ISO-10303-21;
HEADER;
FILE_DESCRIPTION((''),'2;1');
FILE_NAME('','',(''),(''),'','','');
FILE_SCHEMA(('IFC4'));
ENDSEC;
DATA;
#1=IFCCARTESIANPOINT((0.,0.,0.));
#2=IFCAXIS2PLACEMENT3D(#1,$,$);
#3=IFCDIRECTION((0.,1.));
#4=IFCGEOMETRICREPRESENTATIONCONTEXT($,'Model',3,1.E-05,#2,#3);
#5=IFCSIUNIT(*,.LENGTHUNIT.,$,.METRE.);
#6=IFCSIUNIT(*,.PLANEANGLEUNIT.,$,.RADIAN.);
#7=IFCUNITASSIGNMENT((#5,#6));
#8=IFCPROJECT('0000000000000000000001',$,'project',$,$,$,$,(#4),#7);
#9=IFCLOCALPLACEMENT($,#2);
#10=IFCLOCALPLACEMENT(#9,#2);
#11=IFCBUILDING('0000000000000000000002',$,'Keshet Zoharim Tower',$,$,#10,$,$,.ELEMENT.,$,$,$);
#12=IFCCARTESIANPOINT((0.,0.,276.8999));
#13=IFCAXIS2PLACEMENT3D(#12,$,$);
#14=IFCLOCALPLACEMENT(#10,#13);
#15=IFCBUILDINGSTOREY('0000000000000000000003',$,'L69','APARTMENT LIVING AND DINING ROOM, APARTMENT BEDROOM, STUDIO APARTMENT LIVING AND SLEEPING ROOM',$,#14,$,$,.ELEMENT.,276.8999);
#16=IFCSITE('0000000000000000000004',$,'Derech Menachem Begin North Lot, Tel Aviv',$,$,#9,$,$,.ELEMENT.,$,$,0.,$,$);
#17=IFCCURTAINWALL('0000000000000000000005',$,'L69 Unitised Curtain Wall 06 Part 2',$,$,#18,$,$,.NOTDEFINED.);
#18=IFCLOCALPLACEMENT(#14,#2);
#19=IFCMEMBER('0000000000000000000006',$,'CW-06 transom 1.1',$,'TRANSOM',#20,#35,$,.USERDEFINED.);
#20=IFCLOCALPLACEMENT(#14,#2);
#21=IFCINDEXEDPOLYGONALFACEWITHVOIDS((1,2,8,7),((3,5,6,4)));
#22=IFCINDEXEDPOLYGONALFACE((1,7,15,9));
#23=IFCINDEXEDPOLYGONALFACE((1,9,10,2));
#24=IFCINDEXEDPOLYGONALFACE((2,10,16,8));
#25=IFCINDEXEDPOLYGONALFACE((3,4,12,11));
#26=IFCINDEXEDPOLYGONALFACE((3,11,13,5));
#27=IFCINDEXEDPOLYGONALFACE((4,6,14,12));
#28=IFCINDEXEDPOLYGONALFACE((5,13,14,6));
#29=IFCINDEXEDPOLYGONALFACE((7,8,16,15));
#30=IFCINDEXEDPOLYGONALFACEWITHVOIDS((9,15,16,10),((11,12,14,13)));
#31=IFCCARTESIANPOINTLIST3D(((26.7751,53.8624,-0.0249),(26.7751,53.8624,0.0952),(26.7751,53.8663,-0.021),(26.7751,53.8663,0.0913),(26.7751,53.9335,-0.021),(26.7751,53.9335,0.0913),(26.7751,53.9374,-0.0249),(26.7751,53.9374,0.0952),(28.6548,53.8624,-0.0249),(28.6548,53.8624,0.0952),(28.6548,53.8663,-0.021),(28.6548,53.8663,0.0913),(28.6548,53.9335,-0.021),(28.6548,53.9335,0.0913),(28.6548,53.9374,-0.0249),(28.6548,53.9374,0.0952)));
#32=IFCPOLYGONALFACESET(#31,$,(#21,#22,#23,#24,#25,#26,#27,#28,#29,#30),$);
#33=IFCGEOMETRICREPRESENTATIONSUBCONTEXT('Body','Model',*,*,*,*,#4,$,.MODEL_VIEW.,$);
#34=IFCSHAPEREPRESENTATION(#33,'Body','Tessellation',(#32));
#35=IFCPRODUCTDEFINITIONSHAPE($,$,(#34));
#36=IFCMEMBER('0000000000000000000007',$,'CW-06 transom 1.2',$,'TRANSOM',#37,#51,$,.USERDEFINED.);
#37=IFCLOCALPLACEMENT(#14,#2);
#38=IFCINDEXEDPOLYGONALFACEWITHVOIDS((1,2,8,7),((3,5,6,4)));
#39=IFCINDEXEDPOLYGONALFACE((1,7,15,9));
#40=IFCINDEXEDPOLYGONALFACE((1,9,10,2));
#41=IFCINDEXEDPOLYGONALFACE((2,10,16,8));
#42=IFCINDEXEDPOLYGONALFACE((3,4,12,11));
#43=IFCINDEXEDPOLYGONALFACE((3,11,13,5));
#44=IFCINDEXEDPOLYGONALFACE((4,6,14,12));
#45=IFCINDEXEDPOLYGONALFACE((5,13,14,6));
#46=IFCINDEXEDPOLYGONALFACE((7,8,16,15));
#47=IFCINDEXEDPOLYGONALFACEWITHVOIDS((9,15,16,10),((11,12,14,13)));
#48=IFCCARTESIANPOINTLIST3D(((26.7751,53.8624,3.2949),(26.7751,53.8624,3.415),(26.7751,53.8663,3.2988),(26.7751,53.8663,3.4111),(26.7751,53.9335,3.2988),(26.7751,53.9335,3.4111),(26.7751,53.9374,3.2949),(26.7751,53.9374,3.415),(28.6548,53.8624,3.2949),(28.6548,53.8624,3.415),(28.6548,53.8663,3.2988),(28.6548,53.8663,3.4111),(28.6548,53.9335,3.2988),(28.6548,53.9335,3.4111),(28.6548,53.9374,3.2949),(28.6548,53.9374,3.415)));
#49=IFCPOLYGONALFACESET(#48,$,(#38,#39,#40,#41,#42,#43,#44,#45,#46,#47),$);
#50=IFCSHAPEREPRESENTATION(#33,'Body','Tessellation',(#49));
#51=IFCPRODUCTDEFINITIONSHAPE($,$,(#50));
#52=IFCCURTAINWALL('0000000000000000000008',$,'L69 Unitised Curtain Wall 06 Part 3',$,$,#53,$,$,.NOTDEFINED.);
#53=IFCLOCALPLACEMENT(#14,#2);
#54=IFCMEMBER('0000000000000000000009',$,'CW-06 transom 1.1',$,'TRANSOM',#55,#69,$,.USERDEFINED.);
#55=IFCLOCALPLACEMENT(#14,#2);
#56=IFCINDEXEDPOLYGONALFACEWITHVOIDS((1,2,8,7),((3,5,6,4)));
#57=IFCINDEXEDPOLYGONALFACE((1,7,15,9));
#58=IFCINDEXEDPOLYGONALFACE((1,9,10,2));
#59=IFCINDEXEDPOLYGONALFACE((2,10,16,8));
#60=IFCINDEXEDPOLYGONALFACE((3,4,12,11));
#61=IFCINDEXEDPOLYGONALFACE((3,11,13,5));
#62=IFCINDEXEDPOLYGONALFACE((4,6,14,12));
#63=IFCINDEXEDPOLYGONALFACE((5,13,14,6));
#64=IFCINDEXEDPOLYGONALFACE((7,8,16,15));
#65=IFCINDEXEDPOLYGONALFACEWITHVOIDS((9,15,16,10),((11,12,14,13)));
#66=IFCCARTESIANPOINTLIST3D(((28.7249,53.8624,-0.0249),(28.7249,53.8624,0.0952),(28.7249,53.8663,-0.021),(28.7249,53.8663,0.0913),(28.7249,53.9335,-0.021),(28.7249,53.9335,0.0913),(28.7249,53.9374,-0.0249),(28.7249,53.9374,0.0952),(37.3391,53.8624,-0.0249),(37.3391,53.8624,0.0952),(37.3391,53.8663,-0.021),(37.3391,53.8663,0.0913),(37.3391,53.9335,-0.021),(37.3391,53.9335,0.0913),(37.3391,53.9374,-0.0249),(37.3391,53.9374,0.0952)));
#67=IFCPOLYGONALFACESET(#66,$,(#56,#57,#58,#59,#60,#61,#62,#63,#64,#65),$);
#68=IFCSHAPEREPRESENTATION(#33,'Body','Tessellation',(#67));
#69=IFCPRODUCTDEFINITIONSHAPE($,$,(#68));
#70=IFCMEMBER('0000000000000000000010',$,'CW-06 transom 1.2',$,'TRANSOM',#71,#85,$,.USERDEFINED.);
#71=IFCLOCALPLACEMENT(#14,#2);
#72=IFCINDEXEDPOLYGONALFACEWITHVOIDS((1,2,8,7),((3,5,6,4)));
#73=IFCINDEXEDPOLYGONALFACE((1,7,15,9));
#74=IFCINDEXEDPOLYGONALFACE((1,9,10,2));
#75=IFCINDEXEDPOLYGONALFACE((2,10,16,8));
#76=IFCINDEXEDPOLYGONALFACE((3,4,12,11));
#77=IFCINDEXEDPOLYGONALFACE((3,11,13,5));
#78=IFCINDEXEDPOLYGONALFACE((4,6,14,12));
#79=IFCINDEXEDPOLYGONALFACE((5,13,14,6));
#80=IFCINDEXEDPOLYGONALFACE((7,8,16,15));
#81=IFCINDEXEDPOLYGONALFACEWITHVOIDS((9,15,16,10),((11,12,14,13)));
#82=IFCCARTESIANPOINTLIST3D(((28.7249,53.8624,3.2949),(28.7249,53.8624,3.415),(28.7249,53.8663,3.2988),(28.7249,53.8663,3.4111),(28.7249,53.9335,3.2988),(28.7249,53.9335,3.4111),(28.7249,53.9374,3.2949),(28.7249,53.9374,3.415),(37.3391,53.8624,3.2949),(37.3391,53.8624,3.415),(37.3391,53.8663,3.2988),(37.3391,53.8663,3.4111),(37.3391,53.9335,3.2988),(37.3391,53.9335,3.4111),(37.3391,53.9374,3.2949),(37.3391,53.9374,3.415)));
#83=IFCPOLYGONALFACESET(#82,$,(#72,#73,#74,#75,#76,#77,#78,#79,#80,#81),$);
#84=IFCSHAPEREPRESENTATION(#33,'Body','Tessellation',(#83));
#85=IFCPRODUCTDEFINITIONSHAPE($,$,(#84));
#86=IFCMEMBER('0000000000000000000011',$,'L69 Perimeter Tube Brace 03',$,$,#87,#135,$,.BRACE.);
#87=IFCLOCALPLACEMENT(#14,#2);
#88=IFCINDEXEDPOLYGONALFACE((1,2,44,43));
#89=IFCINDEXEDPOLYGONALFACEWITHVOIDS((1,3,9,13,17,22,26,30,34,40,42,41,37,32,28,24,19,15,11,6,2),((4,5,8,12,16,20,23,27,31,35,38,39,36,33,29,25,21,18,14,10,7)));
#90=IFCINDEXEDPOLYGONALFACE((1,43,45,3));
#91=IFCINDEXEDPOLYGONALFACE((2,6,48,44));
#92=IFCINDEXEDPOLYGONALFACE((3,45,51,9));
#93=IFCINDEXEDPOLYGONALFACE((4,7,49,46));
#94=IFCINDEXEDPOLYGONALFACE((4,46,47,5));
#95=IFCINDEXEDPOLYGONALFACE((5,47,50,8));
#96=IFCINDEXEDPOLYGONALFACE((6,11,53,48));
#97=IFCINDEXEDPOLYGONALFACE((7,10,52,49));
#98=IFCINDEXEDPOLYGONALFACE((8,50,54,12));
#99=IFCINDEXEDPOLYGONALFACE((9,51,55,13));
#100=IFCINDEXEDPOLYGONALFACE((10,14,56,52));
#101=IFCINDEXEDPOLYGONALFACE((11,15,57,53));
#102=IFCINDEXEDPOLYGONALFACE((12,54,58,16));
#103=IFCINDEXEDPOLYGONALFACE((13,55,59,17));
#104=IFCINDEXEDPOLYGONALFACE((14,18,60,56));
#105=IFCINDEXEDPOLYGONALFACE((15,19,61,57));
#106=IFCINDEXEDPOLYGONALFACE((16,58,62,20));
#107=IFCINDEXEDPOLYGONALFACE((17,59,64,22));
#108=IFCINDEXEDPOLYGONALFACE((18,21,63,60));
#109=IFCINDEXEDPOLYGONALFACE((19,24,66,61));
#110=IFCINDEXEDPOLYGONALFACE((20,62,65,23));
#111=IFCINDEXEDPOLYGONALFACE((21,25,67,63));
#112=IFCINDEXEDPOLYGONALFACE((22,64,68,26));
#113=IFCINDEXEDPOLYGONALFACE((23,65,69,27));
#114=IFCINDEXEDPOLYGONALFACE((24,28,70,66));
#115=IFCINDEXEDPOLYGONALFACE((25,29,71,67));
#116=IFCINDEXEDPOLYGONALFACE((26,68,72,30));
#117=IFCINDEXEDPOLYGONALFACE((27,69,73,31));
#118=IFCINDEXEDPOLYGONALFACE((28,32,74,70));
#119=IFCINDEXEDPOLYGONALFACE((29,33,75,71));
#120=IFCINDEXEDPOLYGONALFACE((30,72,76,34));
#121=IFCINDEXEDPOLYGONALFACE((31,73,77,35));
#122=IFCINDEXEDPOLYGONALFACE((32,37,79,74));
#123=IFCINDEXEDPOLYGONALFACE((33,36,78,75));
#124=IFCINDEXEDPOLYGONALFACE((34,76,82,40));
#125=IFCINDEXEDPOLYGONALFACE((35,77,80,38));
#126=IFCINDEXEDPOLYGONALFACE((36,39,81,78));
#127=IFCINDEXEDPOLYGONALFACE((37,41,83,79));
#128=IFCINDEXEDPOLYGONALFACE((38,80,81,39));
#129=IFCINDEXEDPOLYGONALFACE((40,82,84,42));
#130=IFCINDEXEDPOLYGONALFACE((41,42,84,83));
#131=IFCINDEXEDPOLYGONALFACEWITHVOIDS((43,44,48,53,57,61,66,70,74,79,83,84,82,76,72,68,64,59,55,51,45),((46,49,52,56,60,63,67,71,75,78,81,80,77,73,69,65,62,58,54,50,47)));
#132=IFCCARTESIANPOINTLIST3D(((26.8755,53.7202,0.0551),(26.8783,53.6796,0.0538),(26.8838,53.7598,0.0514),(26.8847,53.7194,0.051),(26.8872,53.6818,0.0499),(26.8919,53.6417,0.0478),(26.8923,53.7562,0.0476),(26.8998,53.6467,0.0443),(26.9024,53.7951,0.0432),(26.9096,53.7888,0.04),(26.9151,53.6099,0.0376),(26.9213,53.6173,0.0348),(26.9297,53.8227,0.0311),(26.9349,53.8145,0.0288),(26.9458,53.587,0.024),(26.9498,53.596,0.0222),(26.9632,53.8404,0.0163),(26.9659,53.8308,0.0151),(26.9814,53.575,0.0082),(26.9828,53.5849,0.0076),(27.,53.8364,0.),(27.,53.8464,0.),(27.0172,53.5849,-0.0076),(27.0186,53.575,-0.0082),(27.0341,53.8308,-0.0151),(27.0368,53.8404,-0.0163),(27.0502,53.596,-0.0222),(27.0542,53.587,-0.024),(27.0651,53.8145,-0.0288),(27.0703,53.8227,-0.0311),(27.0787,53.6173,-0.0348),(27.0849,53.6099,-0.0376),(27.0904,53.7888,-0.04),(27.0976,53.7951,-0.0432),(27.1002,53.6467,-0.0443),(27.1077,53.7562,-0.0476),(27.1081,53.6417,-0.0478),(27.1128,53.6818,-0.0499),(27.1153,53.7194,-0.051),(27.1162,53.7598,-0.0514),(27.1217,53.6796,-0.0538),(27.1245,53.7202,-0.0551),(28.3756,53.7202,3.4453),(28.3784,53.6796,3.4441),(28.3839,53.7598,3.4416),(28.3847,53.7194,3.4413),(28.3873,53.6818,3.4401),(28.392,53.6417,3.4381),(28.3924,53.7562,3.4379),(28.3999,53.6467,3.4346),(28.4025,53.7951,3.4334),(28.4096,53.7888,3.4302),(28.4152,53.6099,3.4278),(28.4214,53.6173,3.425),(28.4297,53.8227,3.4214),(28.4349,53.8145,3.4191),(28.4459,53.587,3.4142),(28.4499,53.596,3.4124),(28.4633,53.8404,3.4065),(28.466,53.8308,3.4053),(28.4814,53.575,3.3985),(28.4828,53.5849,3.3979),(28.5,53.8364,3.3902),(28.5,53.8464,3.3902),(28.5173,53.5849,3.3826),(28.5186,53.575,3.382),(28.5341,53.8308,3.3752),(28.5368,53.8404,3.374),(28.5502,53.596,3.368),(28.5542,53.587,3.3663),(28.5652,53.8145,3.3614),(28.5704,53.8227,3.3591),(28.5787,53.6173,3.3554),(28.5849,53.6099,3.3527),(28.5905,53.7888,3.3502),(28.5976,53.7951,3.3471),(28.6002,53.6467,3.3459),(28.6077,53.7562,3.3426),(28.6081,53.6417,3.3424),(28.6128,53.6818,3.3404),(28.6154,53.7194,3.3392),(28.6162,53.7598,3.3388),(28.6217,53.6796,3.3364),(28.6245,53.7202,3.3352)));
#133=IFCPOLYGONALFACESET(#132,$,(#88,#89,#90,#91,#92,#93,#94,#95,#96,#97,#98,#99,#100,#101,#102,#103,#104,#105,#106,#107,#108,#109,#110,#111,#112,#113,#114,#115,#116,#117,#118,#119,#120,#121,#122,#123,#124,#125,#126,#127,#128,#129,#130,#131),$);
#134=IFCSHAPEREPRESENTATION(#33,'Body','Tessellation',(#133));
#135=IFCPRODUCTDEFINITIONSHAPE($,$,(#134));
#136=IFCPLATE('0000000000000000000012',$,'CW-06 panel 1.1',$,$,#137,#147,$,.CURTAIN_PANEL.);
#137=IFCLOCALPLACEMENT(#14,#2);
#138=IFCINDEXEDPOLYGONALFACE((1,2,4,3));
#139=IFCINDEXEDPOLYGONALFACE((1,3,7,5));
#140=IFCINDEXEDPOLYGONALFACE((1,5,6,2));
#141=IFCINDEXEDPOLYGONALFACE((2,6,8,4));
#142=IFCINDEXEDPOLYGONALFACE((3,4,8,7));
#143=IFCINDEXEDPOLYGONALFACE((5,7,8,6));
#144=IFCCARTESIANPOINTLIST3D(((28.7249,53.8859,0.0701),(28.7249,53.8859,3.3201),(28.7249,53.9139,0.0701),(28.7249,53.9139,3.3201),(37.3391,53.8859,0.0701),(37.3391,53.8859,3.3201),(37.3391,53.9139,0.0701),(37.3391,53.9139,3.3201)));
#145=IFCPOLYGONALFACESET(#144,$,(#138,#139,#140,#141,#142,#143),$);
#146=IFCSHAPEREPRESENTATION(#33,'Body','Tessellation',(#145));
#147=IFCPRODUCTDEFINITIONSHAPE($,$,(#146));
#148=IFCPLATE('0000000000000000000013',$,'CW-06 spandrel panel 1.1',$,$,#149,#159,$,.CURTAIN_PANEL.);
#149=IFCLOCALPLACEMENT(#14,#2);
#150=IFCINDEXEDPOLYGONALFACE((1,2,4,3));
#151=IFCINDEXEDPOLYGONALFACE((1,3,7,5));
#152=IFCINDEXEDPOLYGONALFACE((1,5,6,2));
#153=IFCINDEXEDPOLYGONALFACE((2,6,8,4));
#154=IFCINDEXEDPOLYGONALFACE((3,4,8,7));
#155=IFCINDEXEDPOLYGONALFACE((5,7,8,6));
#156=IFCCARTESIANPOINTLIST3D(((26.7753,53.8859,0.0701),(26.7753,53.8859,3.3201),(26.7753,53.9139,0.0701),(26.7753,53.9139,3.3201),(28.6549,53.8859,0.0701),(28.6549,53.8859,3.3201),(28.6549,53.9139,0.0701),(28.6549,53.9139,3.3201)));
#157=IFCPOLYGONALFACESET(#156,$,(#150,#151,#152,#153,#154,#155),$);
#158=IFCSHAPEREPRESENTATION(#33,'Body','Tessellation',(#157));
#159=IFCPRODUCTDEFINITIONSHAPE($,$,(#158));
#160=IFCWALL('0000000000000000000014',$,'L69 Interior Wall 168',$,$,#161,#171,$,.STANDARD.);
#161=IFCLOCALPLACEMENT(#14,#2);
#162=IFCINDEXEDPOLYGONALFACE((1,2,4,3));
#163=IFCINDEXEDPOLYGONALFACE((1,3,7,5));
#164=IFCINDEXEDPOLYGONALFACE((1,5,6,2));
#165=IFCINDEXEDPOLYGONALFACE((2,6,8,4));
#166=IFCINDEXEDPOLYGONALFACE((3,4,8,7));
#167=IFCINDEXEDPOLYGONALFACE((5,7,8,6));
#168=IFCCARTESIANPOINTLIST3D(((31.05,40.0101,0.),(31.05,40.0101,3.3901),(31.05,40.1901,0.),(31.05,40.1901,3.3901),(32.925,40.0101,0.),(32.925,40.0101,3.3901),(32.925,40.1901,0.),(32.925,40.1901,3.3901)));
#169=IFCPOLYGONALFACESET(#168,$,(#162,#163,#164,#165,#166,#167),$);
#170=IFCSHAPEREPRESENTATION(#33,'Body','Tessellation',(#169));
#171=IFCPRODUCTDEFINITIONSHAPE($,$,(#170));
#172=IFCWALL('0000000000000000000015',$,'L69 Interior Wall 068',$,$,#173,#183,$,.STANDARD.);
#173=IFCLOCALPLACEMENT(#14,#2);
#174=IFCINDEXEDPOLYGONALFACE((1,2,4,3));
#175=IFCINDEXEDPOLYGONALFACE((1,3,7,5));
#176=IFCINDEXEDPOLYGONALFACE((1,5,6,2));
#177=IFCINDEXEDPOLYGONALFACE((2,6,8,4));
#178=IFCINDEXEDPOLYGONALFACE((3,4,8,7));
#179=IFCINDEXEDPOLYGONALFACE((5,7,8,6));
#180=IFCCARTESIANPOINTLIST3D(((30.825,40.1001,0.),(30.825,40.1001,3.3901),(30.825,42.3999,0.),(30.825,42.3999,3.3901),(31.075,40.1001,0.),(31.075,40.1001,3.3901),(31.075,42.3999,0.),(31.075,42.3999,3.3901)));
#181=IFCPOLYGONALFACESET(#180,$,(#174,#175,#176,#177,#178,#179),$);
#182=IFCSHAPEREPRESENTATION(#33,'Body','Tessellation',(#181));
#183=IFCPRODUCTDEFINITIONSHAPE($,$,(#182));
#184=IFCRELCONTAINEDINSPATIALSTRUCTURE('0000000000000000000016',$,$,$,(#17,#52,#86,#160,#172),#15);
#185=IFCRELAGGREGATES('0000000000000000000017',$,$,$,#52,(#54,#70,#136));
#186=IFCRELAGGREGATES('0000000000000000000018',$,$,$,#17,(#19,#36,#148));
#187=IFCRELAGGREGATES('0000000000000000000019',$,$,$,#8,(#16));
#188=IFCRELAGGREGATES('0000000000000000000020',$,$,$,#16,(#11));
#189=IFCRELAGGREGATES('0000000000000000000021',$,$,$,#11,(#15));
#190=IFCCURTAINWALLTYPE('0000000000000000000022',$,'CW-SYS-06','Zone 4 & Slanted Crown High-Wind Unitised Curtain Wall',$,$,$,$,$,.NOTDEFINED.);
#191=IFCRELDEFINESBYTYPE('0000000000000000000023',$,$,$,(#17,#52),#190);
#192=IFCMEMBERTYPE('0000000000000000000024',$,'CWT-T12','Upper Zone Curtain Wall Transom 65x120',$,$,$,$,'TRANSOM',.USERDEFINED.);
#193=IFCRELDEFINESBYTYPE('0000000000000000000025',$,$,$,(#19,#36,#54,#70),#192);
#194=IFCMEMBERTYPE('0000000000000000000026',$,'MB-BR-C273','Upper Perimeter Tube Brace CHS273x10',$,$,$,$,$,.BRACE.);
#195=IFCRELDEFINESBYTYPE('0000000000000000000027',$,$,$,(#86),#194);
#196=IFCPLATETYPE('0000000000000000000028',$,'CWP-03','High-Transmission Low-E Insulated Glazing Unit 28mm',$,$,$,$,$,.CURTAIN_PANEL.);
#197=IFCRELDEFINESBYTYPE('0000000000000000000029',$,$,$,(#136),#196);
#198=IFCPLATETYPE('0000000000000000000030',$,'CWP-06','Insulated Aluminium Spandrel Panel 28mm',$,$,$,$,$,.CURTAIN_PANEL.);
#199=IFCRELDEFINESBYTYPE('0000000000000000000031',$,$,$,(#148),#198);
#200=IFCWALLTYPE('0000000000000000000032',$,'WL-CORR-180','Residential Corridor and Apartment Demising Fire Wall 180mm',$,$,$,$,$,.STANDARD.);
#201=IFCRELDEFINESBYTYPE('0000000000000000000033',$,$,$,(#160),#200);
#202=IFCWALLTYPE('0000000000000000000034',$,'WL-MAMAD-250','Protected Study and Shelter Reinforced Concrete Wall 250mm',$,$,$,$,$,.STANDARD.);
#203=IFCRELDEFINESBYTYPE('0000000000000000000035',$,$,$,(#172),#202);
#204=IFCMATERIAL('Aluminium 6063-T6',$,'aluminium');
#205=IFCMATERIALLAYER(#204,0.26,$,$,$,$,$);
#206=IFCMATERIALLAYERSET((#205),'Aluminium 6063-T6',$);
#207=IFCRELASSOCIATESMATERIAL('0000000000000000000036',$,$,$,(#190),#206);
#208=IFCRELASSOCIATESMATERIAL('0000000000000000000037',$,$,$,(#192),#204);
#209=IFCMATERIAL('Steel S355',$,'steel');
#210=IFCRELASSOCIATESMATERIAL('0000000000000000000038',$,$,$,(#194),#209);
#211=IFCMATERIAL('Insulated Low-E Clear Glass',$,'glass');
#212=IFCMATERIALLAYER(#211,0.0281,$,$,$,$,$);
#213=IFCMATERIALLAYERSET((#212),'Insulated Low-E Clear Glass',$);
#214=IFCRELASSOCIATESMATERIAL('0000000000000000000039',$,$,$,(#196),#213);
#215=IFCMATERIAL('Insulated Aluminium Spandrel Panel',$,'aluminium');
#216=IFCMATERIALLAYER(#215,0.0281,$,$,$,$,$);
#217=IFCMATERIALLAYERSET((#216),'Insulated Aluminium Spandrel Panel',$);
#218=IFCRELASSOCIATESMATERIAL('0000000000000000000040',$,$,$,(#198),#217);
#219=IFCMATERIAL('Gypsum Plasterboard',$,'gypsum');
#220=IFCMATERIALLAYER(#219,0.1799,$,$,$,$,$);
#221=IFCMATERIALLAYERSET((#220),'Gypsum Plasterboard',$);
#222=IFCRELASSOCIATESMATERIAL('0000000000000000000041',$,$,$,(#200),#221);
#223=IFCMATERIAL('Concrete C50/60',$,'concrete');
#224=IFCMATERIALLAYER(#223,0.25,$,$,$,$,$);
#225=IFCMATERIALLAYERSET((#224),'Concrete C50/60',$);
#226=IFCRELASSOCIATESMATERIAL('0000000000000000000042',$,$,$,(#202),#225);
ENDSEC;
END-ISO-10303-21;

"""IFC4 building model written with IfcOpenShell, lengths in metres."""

from ifc_helpers import new_model, si_unit, direction, frame, frame_2d, origin, origin_2d, place, context, subcontext, project, spatial, rectangle, hollow_rectangle, hollow_circle, extrude, material, layer, layer_set, material_profile, profile_set, type_object, element, aggregate, save


model = new_model("IFC4")

# Units and contexts
model_context = context("Model", 3, precision=1e-05, world=origin(), true_north=direction((0.0, 1.0)))
body_context = subcontext(model_context, "Body", "Model", "MODEL_VIEW")
ifc_project = project(units=[si_unit("LENGTHUNIT", "METRE"), si_unit("PLANEANGLEUNIT", "RADIAN")], contexts=[model_context])

# Site, building, storey
site_placement = place(None, origin())
site = spatial("IfcSite", under=ifc_project, at=site_placement, Name="Derech Menachem Begin North Lot, Tel Aviv", CompositionType="ELEMENT", RefElevation=0.0)
building_placement = place(site_placement, origin())
building = spatial("IfcBuilding", under=site, at=building_placement, Name="Keshet Zoharim Tower", CompositionType="ELEMENT")
storey_placement = place(building_placement, frame((0.0, 0.0, 276.8999)))
storey = spatial("IfcBuildingStorey", under=building, at=storey_placement, Name="L69", Description="APARTMENT LIVING AND DINING ROOM, APARTMENT BEDROOM, STUDIO APARTMENT LIVING AND SLEEPING ROOM", CompositionType="ELEMENT", Elevation=276.8999)

# Shared definitions
ifc_material_1 = material(Name="Steel S355", Category="steel")

# Shared definitions
ifc_material_2 = material(Name="Aluminium 6063-T6", Category="aluminium")
ifc_layer_1 = layer(ifc_material_2, 0.26)
ifc_layer_set_1 = layer_set([ifc_layer_1], Name="Aluminium 6063-T6")
curtain_wall_type = type_object("IfcCurtainWallType", Name="CW-SYS-06", Description="Zone 4 & Slanted Crown High-Wind Unitised Curtain Wall", PredefinedType="NOTDEFINED", material=ifc_layer_set_1)

# Curtain walls, members
curtain_wall_1_placement = place(storey_placement, origin())
curtain_wall_1 = element("IfcCurtainWall", 1, at=curtain_wall_1_placement, inside=storey, type_object=curtain_wall_type, Name="L69 Unitised Curtain Wall 06 Part 2", PredefinedType="NOTDEFINED")
ifc_material_profile_1 = material_profile(ifc_material_2, hollow_rectangle(XDim=0.075, YDim=0.1201, WallThickness=0.0039, at=origin_2d()), Name="TRN-75x120")
ifc_profile_set_1 = profile_set([ifc_material_profile_1], Name="Aluminium 6063-T6")
member_type_1 = type_object("IfcMemberType", Name="CWT-T12", Description="Upper Zone Curtain Wall Transom 65x120", ElementType="TRANSOM", PredefinedType="USERDEFINED", material=ifc_profile_set_1)
member_1_placement = place(storey_placement, frame((26.7751, 53.8999, 0.0352), z_axis=(1.0, 0.0, 0.0), x_axis=(0.0, 1.0, 0.0)))
member_1 = element("IfcMember", 2, at=member_1_placement, type_object=member_type_1, Name="CW-06 transom 1.1", ObjectType="TRANSOM", PredefinedType="USERDEFINED", context=body_context, shape_type="SweptSolid", body=[
    extrude(hollow_rectangle(XDim=0.075, YDim=0.1201, WallThickness=0.0039, at=origin_2d()), origin(), (0.0, 0.0, 1.0), 1.8796),
])
member_2_placement = place(storey_placement, frame((26.7751, 53.8999, 3.355), z_axis=(1.0, 0.0, 0.0), x_axis=(0.0, 1.0, 0.0)))
member_2 = element("IfcMember", 3, at=member_2_placement, type_object=member_type_1, Name="CW-06 transom 1.2", ObjectType="TRANSOM", PredefinedType="USERDEFINED", context=body_context, shape_type="SweptSolid", body=[
    extrude(hollow_rectangle(XDim=0.075, YDim=0.1201, WallThickness=0.0039, at=origin_2d()), origin(), (0.0, 0.0, 1.0), 1.8796),
])
curtain_wall_2_placement = place(storey_placement, origin())
curtain_wall_2 = element("IfcCurtainWall", 4, at=curtain_wall_2_placement, inside=storey, type_object=curtain_wall_type, Name="L69 Unitised Curtain Wall 06 Part 3", PredefinedType="NOTDEFINED")
member_3_placement = place(storey_placement, frame((28.7249, 53.8999, 0.0352), z_axis=(1.0, 0.0, 0.0), x_axis=(0.0, 1.0, 0.0)))
member_3 = element("IfcMember", 5, at=member_3_placement, type_object=member_type_1, Name="CW-06 transom 1.1", ObjectType="TRANSOM", PredefinedType="USERDEFINED", context=body_context, shape_type="SweptSolid", body=[
    extrude(hollow_rectangle(XDim=0.075, YDim=0.1201, WallThickness=0.0039, at=origin_2d()), origin(), (0.0, 0.0, 1.0), 8.6143),
])
member_4_placement = place(storey_placement, frame((28.7249, 53.8999, 3.355), z_axis=(1.0, 0.0, 0.0), x_axis=(0.0, 1.0, 0.0)))
member_4 = element("IfcMember", 6, at=member_4_placement, type_object=member_type_1, Name="CW-06 transom 1.2", ObjectType="TRANSOM", PredefinedType="USERDEFINED", context=body_context, shape_type="SweptSolid", body=[
    extrude(hollow_rectangle(XDim=0.075, YDim=0.1201, WallThickness=0.0039, at=origin_2d()), origin(), (0.0, 0.0, 1.0), 8.6143),
])

# Member
ifc_material_profile_2 = material_profile(ifc_material_1, hollow_circle(Radius=0.1365, WallThickness=0.01, at=origin_2d()), Name="CHS273x10")
ifc_profile_set_2 = profile_set([ifc_material_profile_2], Name="Steel S355")
member_type_2 = type_object("IfcMemberType", Name="MB-BR-C273", Description="Upper Perimeter Tube Brace CHS273x10", PredefinedType="BRACE", material=ifc_profile_set_2)
member_5_placement = place(storey_placement, frame((27.0, 53.71, 0.0), z_axis=(0.404623, 0.0, 0.914484), x_axis=(0.0, 1.0, 0.0)))
element("IfcMember", 7, at=member_5_placement, inside=storey, type_object=member_type_2, Name="L69 Perimeter Tube Brace 03", PredefinedType="BRACE", context=body_context, shape_type="SweptSolid", body=[
    extrude(hollow_circle(Radius=0.1365, WallThickness=0.01, at=origin_2d()), origin(), (0.0, 0.0, 1.0), 3.7073),
])

# Plates
ifc_material_3 = material(Name="Insulated Low-E Clear Glass", Category="glass")
ifc_layer_2 = layer(ifc_material_3, 0.0281)
ifc_layer_set_2 = layer_set([ifc_layer_2], Name="Insulated Low-E Clear Glass")
plate_type_1 = type_object("IfcPlateType", Name="CWP-03", Description="High-Transmission Low-E Insulated Glazing Unit 28mm", PredefinedType="CURTAIN_PANEL", material=ifc_layer_set_2)
plate_1_placement = place(storey_placement, frame((33.032, 53.8999, 0.0701), z_axis=(0.0, 0.0, 1.0), x_axis=(1.0, 0.0, 0.0)))
plate_1 = element("IfcPlate", 8, at=plate_1_placement, type_object=plate_type_1, Name="CW-06 panel 1.1", PredefinedType="CURTAIN_PANEL", context=body_context, shape_type="SweptSolid", body=[
    extrude(rectangle(XDim=8.6143, YDim=0.0281, at=origin_2d()), origin(), (0.0, 0.0, 1.0), 3.25),
])
aggregate(curtain_wall_2, [member_3, member_4, plate_1])
ifc_material_4 = material(Name="Insulated Aluminium Spandrel Panel", Category="aluminium")
ifc_layer_3 = layer(ifc_material_4, 0.0281)
ifc_layer_set_3 = layer_set([ifc_layer_3], Name="Insulated Aluminium Spandrel Panel")
plate_type_2 = type_object("IfcPlateType", Name="CWP-06", Description="Insulated Aluminium Spandrel Panel 28mm", PredefinedType="CURTAIN_PANEL", material=ifc_layer_set_3)
plate_2_placement = place(storey_placement, frame((27.7151, 53.8999, 0.0701), z_axis=(0.0, 0.0, 1.0), x_axis=(1.0, 0.0, 0.0)))
plate_2 = element("IfcPlate", 9, at=plate_2_placement, type_object=plate_type_2, Name="CW-06 spandrel panel 1.1", PredefinedType="CURTAIN_PANEL", context=body_context, shape_type="SweptSolid", body=[
    extrude(rectangle(XDim=1.8796, YDim=0.0281, at=origin_2d()), origin(), (0.0, 0.0, 1.0), 3.25),
])
aggregate(curtain_wall_1, [member_1, member_2, plate_2])

# Walls
ifc_material_5 = material(Name="Gypsum Plasterboard", Category="gypsum")
ifc_layer_4 = layer(ifc_material_5, 0.1799)
ifc_layer_set_4 = layer_set([ifc_layer_4], Name="Gypsum Plasterboard")
wall_type_1 = type_object("IfcWallType", Name="WL-CORR-180", Description="Residential Corridor and Apartment Demising Fire Wall 180mm", PredefinedType="STANDARD", material=ifc_layer_set_4)
wall_1_placement = place(storey_placement, frame((31.05, 40.1001, 0.0), z_axis=(0.0, 0.0, 1.0), x_axis=(1.0, 0.0, 0.0)))
element("IfcWall", 10, at=wall_1_placement, inside=storey, type_object=wall_type_1, Name="L69 Interior Wall 168", PredefinedType="STANDARD", context=body_context, shape_type="SweptSolid", body=[
    extrude(rectangle(XDim=1.875, YDim=0.1799, at=frame_2d((0.9375, 0.0))), origin(), (0.0, 0.0, 1.0), 3.3901),
])
ifc_material_6 = material(Name="Concrete C50/60", Category="concrete")
ifc_layer_5 = layer(ifc_material_6, 0.25)
ifc_layer_set_5 = layer_set([ifc_layer_5], Name="Concrete C50/60")
wall_type_2 = type_object("IfcWallType", Name="WL-MAMAD-250", Description="Protected Study and Shelter Reinforced Concrete Wall 250mm", PredefinedType="STANDARD", material=ifc_layer_set_5)
wall_2_placement = place(storey_placement, frame((30.95, 40.1001, 0.0), z_axis=(0.0, 0.0, 1.0), x_axis=(0.0, 1.0, 0.0)))
element("IfcWall", 11, at=wall_2_placement, inside=storey, type_object=wall_type_2, Name="L69 Interior Wall 068", PredefinedType="STANDARD", context=body_context, shape_type="SweptSolid", body=[
    extrude(rectangle(XDim=2.2998, YDim=0.25, at=frame_2d((1.1499, 0.0))), origin(), (0.0, 0.0, 1.0), 3.3901),
])

save(model, "model.ifc")
